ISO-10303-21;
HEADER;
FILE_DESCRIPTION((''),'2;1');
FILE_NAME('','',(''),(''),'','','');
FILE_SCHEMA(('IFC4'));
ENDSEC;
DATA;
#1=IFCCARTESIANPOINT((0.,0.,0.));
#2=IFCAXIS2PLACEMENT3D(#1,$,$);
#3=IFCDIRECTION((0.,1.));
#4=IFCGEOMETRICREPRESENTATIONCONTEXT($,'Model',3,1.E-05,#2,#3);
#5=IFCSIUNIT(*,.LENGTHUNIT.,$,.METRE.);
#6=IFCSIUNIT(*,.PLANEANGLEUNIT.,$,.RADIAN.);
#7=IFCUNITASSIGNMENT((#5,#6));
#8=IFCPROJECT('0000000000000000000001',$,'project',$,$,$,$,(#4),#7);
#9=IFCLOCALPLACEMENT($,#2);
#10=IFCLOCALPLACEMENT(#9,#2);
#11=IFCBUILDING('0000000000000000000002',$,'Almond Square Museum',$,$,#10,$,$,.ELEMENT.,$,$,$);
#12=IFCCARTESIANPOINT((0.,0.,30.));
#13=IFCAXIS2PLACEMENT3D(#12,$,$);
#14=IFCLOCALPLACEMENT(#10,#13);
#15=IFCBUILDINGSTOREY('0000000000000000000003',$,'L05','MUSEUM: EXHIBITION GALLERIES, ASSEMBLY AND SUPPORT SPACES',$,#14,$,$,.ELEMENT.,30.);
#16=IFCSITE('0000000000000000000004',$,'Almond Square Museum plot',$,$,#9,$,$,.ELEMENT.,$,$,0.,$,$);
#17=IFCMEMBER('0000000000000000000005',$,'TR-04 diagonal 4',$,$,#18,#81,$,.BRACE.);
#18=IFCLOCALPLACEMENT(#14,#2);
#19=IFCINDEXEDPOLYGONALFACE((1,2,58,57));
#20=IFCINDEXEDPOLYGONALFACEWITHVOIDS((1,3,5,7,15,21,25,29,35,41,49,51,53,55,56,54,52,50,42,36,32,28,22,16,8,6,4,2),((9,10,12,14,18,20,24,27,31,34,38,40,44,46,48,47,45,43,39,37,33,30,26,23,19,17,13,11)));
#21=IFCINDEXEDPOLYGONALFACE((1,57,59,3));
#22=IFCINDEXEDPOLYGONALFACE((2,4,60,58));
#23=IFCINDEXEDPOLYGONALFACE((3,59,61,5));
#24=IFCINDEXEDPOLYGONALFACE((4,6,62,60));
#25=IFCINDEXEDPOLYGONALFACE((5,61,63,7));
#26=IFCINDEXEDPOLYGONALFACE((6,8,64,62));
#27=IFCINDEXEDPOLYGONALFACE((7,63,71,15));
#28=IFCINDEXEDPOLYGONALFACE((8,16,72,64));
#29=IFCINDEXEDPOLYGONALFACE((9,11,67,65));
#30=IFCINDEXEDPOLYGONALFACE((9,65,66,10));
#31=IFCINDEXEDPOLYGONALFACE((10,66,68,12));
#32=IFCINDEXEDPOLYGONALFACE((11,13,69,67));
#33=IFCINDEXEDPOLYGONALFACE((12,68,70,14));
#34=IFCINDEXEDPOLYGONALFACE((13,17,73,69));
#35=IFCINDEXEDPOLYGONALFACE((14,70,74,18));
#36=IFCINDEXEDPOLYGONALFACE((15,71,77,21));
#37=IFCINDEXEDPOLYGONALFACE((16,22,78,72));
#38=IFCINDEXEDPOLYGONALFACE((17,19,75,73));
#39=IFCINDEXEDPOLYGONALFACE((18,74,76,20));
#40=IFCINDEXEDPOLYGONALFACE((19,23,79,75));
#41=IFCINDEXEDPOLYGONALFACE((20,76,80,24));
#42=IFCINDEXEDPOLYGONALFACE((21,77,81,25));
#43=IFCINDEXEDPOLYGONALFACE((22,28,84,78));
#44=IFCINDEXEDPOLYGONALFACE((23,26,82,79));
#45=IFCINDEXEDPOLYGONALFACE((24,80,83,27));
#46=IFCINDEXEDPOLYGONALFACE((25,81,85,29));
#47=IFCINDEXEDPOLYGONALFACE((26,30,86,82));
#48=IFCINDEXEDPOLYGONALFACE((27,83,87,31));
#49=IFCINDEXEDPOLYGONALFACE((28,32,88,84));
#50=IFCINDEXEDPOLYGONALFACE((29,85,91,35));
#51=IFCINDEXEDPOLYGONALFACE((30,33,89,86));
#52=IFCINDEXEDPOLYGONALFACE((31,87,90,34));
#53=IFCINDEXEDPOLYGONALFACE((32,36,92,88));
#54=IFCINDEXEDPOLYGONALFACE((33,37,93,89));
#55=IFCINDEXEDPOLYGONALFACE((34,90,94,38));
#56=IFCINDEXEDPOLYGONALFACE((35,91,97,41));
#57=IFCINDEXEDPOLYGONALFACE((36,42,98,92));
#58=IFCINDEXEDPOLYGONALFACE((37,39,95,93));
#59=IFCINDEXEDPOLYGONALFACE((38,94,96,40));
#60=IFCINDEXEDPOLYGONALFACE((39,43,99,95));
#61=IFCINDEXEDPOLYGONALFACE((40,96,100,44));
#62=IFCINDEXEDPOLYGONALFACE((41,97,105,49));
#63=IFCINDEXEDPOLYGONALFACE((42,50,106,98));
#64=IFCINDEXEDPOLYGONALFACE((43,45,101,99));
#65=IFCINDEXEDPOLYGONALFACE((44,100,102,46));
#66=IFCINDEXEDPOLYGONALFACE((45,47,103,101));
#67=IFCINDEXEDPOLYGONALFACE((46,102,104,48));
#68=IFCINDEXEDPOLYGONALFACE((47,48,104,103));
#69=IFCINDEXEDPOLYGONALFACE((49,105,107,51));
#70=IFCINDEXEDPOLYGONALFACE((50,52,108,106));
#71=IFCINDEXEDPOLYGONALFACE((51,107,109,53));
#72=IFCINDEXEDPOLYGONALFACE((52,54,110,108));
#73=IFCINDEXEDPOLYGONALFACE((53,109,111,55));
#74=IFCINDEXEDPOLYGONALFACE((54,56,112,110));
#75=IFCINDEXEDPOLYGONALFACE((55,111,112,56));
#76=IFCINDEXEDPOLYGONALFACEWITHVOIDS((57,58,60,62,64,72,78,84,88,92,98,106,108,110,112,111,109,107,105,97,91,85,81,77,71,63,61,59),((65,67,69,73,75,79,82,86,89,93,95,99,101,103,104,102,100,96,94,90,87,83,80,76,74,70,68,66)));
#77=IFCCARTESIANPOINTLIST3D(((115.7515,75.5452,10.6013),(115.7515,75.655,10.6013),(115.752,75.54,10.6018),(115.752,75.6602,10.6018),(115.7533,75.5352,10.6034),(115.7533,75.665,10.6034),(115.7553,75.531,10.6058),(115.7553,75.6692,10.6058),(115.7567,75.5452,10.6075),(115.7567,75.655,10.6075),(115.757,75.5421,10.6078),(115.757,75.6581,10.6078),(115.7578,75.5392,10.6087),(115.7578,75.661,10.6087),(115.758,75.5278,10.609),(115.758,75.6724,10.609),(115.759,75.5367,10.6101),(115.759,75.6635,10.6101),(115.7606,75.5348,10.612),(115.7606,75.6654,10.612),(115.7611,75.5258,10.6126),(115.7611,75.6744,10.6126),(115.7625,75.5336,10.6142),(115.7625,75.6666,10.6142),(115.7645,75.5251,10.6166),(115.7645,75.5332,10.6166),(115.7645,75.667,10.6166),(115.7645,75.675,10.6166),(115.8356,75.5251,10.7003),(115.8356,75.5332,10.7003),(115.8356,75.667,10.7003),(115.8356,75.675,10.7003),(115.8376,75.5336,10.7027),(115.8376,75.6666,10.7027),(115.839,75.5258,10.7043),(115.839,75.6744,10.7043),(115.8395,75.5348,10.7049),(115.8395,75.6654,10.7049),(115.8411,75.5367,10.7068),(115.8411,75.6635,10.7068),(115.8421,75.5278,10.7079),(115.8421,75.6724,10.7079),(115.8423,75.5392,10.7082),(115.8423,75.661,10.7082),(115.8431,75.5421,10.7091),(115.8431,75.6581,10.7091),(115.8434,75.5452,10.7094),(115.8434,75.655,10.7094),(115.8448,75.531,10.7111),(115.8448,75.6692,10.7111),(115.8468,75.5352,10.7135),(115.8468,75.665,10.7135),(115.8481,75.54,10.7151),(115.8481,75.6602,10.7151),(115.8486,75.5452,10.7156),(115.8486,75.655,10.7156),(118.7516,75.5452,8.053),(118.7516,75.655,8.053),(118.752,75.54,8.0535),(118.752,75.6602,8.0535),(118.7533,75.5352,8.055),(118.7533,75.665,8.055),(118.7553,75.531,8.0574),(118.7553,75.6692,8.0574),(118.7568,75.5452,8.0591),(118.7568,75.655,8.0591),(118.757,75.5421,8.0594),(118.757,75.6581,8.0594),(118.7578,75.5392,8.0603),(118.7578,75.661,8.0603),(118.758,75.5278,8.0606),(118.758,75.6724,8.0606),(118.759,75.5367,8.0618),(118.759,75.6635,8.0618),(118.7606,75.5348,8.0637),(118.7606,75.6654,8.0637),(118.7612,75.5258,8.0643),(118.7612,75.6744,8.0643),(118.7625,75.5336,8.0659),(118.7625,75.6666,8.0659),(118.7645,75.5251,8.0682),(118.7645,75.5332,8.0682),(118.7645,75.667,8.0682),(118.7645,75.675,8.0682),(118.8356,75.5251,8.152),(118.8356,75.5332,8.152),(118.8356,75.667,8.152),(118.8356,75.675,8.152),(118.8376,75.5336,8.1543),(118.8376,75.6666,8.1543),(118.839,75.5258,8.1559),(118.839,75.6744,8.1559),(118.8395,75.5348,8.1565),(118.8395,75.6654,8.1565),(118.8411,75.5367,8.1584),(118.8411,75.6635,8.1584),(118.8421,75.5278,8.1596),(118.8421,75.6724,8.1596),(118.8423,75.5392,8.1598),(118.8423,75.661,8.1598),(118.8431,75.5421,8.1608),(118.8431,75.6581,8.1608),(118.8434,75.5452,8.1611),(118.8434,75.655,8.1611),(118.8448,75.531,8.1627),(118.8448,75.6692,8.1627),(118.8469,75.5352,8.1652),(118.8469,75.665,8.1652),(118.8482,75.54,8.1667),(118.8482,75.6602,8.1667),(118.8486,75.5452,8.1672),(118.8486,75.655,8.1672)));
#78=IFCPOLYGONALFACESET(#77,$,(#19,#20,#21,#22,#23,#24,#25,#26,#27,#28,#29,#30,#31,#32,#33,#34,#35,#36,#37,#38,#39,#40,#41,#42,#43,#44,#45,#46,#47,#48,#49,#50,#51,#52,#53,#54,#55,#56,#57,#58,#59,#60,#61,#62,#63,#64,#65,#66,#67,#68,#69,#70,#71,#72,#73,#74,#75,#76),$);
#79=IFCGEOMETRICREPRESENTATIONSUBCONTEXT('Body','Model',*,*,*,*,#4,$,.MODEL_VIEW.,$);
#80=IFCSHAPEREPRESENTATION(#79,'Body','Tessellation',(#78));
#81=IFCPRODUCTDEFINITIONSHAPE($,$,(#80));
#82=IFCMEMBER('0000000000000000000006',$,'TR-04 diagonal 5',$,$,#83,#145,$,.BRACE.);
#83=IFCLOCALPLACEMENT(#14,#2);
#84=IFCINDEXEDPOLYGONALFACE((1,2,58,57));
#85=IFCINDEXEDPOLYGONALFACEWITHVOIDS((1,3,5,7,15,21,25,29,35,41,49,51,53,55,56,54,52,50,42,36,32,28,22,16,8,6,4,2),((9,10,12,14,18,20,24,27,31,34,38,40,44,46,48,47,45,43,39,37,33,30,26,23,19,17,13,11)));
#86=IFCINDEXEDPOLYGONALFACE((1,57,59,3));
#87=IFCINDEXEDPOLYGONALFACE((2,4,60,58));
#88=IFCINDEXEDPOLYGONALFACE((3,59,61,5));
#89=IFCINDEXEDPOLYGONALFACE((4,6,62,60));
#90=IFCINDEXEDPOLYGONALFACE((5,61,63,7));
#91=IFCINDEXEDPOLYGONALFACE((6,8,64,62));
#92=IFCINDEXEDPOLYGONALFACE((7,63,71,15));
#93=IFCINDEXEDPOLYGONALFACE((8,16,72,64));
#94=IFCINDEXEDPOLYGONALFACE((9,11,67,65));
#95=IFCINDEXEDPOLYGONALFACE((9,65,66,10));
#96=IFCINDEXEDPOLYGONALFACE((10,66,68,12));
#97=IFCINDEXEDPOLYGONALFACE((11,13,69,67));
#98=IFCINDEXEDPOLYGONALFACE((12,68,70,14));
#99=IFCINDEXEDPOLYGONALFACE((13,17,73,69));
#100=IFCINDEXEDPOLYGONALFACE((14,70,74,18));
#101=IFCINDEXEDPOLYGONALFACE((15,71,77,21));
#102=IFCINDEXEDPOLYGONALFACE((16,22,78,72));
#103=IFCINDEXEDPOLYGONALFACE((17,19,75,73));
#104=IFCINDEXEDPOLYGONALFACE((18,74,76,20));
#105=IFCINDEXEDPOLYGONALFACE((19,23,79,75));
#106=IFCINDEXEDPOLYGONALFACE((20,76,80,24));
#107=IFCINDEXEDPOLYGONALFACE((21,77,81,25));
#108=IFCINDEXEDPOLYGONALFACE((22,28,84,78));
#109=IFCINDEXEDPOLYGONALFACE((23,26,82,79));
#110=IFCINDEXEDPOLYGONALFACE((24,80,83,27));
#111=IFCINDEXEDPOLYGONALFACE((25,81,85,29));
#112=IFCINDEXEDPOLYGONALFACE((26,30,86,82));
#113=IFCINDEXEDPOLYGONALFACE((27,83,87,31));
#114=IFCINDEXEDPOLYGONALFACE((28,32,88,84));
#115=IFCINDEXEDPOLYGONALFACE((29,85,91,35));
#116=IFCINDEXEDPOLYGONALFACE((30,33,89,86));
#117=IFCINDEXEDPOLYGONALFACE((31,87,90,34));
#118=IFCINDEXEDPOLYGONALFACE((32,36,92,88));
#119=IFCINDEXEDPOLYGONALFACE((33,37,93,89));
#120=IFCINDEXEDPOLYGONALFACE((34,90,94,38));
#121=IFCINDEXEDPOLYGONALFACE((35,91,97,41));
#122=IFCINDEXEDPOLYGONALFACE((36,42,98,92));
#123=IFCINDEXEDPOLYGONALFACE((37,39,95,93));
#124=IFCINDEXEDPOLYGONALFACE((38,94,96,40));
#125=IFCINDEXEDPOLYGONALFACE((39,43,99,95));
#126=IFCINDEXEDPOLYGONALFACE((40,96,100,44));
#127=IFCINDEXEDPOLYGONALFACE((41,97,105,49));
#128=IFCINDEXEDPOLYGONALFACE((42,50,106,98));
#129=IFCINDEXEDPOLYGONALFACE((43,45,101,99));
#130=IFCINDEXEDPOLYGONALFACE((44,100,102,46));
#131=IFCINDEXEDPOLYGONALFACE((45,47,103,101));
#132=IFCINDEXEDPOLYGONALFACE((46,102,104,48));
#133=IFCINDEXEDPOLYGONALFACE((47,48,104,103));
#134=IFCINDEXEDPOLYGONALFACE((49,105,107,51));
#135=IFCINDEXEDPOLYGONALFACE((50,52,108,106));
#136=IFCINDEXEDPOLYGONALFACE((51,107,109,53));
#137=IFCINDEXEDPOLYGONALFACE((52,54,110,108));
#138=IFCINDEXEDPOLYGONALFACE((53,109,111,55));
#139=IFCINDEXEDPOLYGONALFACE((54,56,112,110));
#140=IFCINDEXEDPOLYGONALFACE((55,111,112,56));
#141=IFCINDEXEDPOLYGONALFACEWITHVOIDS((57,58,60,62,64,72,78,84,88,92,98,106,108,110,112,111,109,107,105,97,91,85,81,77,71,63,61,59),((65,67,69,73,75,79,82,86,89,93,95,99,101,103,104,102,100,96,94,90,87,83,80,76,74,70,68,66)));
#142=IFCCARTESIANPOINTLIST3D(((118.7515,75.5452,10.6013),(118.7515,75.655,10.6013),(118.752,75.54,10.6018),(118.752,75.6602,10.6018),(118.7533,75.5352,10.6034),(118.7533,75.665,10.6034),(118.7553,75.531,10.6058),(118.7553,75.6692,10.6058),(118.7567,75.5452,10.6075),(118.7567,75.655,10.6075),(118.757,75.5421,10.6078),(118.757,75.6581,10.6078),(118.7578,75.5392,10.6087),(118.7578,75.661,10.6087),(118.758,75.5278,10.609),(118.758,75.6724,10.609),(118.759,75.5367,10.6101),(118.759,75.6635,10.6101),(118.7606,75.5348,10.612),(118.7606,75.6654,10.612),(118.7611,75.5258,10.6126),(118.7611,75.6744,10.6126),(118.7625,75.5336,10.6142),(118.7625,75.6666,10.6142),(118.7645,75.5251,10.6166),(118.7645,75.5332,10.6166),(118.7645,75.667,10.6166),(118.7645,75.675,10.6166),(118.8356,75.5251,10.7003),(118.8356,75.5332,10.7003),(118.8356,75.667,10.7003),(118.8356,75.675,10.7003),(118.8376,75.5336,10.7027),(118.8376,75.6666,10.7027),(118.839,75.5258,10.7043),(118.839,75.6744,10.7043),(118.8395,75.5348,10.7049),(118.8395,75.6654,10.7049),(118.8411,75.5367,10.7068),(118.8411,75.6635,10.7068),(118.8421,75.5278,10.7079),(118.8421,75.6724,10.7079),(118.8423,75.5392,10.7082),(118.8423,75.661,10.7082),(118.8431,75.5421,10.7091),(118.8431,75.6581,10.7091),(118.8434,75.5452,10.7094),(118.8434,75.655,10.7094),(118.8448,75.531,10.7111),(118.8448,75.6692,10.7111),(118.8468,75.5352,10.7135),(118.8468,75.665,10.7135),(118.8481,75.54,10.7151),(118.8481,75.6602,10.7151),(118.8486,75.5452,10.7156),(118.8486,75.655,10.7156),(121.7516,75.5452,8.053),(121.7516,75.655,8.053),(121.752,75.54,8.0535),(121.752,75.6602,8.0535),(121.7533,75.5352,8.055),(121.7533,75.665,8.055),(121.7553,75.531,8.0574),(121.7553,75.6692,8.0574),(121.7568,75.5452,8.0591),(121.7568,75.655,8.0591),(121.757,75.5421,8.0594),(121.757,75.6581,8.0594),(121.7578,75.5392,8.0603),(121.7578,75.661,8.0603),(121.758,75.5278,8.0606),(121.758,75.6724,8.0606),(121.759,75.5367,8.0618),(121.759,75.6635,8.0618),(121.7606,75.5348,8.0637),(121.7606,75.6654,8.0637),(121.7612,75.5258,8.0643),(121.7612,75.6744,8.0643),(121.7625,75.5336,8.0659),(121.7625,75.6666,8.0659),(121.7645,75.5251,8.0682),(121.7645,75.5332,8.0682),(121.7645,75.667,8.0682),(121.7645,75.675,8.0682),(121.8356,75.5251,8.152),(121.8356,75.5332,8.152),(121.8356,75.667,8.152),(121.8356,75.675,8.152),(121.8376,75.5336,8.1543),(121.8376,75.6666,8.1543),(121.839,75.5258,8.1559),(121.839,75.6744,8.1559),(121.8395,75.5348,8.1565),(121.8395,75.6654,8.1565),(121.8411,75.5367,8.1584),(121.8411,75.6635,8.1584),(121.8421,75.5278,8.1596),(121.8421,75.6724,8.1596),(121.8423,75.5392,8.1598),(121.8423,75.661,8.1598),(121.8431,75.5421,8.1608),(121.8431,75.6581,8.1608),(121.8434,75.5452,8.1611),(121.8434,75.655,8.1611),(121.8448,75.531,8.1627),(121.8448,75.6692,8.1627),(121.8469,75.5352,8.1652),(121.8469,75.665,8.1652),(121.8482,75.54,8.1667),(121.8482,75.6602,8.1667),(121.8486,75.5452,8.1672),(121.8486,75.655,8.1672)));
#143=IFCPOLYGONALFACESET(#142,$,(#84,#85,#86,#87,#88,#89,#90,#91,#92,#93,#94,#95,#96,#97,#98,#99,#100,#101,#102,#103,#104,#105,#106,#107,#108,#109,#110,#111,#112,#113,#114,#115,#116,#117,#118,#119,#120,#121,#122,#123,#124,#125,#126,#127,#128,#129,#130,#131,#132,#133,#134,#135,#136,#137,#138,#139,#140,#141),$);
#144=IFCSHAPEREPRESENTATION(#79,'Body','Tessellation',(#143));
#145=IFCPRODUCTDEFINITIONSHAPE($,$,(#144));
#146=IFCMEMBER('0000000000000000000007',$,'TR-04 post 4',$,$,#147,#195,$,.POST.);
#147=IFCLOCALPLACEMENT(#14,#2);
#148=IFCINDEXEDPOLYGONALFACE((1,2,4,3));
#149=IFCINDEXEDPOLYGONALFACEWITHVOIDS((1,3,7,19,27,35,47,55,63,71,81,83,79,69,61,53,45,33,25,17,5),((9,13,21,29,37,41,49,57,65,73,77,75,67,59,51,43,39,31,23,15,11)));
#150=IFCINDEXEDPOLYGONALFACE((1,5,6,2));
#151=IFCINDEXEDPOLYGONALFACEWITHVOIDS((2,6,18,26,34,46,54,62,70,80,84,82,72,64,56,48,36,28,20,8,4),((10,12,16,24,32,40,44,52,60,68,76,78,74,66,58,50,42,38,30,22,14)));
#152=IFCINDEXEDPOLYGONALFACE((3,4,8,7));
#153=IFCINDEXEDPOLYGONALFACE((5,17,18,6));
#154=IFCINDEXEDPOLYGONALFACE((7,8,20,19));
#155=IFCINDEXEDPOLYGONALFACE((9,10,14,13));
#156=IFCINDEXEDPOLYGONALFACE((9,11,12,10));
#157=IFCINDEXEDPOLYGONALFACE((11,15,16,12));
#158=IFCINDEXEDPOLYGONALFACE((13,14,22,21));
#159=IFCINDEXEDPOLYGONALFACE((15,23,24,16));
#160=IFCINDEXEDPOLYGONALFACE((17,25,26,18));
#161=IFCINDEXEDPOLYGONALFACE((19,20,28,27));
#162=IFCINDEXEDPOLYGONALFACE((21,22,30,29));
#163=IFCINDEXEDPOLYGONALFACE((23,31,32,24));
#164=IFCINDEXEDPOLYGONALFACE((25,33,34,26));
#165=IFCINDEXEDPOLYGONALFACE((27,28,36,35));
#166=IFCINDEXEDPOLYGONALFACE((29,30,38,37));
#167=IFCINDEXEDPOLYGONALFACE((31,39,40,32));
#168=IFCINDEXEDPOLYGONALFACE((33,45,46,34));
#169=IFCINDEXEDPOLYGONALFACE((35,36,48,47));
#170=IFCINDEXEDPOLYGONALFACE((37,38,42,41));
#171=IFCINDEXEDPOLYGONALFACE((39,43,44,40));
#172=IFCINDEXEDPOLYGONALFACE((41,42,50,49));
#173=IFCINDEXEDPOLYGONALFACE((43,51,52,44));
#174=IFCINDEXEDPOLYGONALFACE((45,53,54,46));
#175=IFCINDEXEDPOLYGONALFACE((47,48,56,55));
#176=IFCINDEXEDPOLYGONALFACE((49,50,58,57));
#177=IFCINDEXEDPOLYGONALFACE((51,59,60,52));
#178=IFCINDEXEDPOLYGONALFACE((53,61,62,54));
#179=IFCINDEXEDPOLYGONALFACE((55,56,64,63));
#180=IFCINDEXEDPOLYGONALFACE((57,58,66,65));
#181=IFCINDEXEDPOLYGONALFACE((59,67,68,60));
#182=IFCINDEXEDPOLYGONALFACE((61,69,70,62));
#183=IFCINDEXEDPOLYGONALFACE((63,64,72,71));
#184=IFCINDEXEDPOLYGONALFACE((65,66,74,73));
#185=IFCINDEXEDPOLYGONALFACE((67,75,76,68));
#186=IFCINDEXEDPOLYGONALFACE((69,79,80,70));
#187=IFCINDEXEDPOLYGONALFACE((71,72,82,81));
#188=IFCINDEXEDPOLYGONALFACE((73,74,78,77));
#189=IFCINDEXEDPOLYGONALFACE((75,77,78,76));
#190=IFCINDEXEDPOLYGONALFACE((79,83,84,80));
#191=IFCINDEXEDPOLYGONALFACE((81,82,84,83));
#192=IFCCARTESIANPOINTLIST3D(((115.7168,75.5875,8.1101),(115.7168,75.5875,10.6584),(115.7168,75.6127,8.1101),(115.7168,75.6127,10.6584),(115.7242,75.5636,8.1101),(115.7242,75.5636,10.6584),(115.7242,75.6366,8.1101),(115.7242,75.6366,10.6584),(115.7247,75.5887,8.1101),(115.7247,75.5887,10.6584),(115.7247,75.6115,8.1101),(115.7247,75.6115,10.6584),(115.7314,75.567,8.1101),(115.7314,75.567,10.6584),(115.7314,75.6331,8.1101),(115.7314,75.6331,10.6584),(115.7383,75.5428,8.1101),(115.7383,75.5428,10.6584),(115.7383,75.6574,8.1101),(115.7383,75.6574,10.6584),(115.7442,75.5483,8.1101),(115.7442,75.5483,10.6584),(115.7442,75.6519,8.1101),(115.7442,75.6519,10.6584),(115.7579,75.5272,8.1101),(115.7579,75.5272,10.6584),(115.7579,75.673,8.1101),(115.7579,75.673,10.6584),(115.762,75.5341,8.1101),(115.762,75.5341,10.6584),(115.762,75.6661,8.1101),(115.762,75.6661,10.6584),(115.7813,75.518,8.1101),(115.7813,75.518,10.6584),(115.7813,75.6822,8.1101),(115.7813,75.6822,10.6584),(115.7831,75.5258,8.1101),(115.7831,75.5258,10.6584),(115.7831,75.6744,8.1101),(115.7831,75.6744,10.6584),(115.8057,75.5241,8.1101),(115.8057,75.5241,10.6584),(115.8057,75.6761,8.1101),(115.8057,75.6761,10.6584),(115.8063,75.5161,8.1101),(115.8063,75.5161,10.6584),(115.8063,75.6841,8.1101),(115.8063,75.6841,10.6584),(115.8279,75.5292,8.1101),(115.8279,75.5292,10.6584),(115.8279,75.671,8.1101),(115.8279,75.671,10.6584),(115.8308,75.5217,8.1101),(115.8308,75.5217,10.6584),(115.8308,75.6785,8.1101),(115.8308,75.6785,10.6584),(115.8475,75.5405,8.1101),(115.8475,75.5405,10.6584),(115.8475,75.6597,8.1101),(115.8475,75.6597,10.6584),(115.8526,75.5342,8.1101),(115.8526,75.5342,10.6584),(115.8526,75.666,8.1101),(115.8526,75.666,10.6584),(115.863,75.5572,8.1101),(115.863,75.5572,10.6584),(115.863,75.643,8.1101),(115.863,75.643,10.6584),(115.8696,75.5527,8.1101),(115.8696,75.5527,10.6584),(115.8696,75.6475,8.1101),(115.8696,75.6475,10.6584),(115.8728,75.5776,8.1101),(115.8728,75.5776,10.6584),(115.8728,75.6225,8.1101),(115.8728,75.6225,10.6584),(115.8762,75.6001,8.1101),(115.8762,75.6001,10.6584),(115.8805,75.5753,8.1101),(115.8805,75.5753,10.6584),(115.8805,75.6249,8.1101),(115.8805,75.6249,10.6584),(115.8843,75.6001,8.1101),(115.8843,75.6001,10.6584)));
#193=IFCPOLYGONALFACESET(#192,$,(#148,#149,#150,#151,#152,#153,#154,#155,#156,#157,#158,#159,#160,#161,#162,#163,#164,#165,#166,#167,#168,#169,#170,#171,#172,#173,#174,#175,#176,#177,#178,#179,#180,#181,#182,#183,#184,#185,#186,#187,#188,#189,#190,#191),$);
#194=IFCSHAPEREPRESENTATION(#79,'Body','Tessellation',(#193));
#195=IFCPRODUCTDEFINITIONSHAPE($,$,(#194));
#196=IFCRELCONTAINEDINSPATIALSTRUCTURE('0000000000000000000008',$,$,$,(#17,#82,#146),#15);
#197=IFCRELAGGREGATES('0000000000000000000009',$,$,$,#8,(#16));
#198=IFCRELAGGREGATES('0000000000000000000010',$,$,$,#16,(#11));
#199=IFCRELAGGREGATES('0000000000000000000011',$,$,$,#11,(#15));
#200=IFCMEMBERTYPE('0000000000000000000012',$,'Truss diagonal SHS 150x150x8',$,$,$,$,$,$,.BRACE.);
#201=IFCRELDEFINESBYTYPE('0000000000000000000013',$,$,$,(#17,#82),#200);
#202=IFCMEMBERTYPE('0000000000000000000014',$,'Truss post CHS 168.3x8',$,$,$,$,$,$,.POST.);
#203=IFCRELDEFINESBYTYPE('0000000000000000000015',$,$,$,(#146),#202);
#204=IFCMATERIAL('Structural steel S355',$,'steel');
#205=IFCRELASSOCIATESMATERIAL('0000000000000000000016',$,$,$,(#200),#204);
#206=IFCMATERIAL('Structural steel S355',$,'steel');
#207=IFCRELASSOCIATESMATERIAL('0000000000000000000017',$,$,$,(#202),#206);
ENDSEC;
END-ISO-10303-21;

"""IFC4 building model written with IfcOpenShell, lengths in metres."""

from ifc_helpers import new_model, si_unit, direction, frame, origin, origin_2d, place, context, subcontext, project, spatial, hollow_rectangle, hollow_circle, extrude, material, material_profile, profile_set, type_object, element, save


model = new_model("IFC4")

# Units and contexts
model_context = context("Model", 3, precision=1e-05, world=origin(), true_north=direction((0.0, 1.0)))
body_context = subcontext(model_context, "Body", "Model", "MODEL_VIEW")
ifc_project = project(units=[si_unit("LENGTHUNIT", "METRE"), si_unit("PLANEANGLEUNIT", "RADIAN")], contexts=[model_context])

# Site, building, storey
site_placement = place(None, origin())
site = spatial("IfcSite", under=ifc_project, at=site_placement, Name="Almond Square Museum plot", CompositionType="ELEMENT", RefElevation=0.0)
building_placement = place(site_placement, origin())
building = spatial("IfcBuilding", under=site, at=building_placement, Name="Almond Square Museum", CompositionType="ELEMENT")
storey_placement = place(building_placement, frame((0.0, 0.0, 30.0)))
storey = spatial("IfcBuildingStorey", under=building, at=storey_placement, Name="L05", Description="MUSEUM: EXHIBITION GALLERIES, ASSEMBLY AND SUPPORT SPACES", CompositionType="ELEMENT", Elevation=30.0)

# Members
ifc_material_1 = material(Name="Structural steel S355", Category="steel")
ifc_material_profile_1 = material_profile(ifc_material_1, hollow_rectangle(XDim=0.1499, YDim=0.1499, WallThickness=0.0081, InnerFilletRadius=0.012, OuterFilletRadius=0.02, at=origin_2d()))
ifc_profile_set_1 = profile_set([ifc_material_profile_1], Name="Structural steel S355")
member_type_1 = type_object("IfcMemberType", Name="Truss diagonal SHS 150x150x8", PredefinedType="BRACE", material=ifc_profile_set_1)
for number, where, z_axis, x_axis, name in (
    (1, (115.8, 75.6001, 10.6584), (0.762147, 0.0, -0.647404), (0.0, 1.0, 0.0), "TR-04 diagonal 4"),
    (2, (118.8, 75.6001, 10.6584), (0.762147, 0.0, -0.647404), (0.0, 1.0, 0.0), "TR-04 diagonal 5"),
):
    element("IfcMember", number, at=place(storey_placement, frame(where, z_axis=z_axis, x_axis=x_axis)), inside=storey, type_object=member_type_1, Name=name, PredefinedType="BRACE", context=body_context, shape_type="SweptSolid", body=[
        extrude(hollow_rectangle(XDim=0.1499, YDim=0.1499, WallThickness=0.0081, InnerFilletRadius=0.012, OuterFilletRadius=0.02, at=origin_2d()), origin(), (0.0, 0.0, 1.0), 3.9363),
    ])
ifc_material_2 = material(Name="Structural steel S355", Category="steel")
ifc_material_profile_2 = material_profile(ifc_material_2, hollow_circle(Radius=0.0842, WallThickness=0.0081, at=origin_2d()))
ifc_profile_set_2 = profile_set([ifc_material_profile_2], Name="Structural steel S355")
member_type_2 = type_object("IfcMemberType", Name="Truss post CHS 168.3x8", PredefinedType="POST", material=ifc_profile_set_2)
for number, where, z_axis, x_axis, name in (
    (3, (115.8, 75.6001, 8.1101), (0.0, 0.0, 1.0), (1.0, 0.0, 0.0), "TR-04 post 4"),
):
    element("IfcMember", number, at=place(storey_placement, frame(where, z_axis=z_axis, x_axis=x_axis)), inside=storey, type_object=member_type_2, Name=name, PredefinedType="POST", context=body_context, shape_type="SweptSolid", body=[
        extrude(hollow_circle(Radius=0.0842, WallThickness=0.0081, at=origin_2d()), origin(), (0.0, 0.0, 1.0), 2.5483),
    ])

save(model, "model.ifc")
